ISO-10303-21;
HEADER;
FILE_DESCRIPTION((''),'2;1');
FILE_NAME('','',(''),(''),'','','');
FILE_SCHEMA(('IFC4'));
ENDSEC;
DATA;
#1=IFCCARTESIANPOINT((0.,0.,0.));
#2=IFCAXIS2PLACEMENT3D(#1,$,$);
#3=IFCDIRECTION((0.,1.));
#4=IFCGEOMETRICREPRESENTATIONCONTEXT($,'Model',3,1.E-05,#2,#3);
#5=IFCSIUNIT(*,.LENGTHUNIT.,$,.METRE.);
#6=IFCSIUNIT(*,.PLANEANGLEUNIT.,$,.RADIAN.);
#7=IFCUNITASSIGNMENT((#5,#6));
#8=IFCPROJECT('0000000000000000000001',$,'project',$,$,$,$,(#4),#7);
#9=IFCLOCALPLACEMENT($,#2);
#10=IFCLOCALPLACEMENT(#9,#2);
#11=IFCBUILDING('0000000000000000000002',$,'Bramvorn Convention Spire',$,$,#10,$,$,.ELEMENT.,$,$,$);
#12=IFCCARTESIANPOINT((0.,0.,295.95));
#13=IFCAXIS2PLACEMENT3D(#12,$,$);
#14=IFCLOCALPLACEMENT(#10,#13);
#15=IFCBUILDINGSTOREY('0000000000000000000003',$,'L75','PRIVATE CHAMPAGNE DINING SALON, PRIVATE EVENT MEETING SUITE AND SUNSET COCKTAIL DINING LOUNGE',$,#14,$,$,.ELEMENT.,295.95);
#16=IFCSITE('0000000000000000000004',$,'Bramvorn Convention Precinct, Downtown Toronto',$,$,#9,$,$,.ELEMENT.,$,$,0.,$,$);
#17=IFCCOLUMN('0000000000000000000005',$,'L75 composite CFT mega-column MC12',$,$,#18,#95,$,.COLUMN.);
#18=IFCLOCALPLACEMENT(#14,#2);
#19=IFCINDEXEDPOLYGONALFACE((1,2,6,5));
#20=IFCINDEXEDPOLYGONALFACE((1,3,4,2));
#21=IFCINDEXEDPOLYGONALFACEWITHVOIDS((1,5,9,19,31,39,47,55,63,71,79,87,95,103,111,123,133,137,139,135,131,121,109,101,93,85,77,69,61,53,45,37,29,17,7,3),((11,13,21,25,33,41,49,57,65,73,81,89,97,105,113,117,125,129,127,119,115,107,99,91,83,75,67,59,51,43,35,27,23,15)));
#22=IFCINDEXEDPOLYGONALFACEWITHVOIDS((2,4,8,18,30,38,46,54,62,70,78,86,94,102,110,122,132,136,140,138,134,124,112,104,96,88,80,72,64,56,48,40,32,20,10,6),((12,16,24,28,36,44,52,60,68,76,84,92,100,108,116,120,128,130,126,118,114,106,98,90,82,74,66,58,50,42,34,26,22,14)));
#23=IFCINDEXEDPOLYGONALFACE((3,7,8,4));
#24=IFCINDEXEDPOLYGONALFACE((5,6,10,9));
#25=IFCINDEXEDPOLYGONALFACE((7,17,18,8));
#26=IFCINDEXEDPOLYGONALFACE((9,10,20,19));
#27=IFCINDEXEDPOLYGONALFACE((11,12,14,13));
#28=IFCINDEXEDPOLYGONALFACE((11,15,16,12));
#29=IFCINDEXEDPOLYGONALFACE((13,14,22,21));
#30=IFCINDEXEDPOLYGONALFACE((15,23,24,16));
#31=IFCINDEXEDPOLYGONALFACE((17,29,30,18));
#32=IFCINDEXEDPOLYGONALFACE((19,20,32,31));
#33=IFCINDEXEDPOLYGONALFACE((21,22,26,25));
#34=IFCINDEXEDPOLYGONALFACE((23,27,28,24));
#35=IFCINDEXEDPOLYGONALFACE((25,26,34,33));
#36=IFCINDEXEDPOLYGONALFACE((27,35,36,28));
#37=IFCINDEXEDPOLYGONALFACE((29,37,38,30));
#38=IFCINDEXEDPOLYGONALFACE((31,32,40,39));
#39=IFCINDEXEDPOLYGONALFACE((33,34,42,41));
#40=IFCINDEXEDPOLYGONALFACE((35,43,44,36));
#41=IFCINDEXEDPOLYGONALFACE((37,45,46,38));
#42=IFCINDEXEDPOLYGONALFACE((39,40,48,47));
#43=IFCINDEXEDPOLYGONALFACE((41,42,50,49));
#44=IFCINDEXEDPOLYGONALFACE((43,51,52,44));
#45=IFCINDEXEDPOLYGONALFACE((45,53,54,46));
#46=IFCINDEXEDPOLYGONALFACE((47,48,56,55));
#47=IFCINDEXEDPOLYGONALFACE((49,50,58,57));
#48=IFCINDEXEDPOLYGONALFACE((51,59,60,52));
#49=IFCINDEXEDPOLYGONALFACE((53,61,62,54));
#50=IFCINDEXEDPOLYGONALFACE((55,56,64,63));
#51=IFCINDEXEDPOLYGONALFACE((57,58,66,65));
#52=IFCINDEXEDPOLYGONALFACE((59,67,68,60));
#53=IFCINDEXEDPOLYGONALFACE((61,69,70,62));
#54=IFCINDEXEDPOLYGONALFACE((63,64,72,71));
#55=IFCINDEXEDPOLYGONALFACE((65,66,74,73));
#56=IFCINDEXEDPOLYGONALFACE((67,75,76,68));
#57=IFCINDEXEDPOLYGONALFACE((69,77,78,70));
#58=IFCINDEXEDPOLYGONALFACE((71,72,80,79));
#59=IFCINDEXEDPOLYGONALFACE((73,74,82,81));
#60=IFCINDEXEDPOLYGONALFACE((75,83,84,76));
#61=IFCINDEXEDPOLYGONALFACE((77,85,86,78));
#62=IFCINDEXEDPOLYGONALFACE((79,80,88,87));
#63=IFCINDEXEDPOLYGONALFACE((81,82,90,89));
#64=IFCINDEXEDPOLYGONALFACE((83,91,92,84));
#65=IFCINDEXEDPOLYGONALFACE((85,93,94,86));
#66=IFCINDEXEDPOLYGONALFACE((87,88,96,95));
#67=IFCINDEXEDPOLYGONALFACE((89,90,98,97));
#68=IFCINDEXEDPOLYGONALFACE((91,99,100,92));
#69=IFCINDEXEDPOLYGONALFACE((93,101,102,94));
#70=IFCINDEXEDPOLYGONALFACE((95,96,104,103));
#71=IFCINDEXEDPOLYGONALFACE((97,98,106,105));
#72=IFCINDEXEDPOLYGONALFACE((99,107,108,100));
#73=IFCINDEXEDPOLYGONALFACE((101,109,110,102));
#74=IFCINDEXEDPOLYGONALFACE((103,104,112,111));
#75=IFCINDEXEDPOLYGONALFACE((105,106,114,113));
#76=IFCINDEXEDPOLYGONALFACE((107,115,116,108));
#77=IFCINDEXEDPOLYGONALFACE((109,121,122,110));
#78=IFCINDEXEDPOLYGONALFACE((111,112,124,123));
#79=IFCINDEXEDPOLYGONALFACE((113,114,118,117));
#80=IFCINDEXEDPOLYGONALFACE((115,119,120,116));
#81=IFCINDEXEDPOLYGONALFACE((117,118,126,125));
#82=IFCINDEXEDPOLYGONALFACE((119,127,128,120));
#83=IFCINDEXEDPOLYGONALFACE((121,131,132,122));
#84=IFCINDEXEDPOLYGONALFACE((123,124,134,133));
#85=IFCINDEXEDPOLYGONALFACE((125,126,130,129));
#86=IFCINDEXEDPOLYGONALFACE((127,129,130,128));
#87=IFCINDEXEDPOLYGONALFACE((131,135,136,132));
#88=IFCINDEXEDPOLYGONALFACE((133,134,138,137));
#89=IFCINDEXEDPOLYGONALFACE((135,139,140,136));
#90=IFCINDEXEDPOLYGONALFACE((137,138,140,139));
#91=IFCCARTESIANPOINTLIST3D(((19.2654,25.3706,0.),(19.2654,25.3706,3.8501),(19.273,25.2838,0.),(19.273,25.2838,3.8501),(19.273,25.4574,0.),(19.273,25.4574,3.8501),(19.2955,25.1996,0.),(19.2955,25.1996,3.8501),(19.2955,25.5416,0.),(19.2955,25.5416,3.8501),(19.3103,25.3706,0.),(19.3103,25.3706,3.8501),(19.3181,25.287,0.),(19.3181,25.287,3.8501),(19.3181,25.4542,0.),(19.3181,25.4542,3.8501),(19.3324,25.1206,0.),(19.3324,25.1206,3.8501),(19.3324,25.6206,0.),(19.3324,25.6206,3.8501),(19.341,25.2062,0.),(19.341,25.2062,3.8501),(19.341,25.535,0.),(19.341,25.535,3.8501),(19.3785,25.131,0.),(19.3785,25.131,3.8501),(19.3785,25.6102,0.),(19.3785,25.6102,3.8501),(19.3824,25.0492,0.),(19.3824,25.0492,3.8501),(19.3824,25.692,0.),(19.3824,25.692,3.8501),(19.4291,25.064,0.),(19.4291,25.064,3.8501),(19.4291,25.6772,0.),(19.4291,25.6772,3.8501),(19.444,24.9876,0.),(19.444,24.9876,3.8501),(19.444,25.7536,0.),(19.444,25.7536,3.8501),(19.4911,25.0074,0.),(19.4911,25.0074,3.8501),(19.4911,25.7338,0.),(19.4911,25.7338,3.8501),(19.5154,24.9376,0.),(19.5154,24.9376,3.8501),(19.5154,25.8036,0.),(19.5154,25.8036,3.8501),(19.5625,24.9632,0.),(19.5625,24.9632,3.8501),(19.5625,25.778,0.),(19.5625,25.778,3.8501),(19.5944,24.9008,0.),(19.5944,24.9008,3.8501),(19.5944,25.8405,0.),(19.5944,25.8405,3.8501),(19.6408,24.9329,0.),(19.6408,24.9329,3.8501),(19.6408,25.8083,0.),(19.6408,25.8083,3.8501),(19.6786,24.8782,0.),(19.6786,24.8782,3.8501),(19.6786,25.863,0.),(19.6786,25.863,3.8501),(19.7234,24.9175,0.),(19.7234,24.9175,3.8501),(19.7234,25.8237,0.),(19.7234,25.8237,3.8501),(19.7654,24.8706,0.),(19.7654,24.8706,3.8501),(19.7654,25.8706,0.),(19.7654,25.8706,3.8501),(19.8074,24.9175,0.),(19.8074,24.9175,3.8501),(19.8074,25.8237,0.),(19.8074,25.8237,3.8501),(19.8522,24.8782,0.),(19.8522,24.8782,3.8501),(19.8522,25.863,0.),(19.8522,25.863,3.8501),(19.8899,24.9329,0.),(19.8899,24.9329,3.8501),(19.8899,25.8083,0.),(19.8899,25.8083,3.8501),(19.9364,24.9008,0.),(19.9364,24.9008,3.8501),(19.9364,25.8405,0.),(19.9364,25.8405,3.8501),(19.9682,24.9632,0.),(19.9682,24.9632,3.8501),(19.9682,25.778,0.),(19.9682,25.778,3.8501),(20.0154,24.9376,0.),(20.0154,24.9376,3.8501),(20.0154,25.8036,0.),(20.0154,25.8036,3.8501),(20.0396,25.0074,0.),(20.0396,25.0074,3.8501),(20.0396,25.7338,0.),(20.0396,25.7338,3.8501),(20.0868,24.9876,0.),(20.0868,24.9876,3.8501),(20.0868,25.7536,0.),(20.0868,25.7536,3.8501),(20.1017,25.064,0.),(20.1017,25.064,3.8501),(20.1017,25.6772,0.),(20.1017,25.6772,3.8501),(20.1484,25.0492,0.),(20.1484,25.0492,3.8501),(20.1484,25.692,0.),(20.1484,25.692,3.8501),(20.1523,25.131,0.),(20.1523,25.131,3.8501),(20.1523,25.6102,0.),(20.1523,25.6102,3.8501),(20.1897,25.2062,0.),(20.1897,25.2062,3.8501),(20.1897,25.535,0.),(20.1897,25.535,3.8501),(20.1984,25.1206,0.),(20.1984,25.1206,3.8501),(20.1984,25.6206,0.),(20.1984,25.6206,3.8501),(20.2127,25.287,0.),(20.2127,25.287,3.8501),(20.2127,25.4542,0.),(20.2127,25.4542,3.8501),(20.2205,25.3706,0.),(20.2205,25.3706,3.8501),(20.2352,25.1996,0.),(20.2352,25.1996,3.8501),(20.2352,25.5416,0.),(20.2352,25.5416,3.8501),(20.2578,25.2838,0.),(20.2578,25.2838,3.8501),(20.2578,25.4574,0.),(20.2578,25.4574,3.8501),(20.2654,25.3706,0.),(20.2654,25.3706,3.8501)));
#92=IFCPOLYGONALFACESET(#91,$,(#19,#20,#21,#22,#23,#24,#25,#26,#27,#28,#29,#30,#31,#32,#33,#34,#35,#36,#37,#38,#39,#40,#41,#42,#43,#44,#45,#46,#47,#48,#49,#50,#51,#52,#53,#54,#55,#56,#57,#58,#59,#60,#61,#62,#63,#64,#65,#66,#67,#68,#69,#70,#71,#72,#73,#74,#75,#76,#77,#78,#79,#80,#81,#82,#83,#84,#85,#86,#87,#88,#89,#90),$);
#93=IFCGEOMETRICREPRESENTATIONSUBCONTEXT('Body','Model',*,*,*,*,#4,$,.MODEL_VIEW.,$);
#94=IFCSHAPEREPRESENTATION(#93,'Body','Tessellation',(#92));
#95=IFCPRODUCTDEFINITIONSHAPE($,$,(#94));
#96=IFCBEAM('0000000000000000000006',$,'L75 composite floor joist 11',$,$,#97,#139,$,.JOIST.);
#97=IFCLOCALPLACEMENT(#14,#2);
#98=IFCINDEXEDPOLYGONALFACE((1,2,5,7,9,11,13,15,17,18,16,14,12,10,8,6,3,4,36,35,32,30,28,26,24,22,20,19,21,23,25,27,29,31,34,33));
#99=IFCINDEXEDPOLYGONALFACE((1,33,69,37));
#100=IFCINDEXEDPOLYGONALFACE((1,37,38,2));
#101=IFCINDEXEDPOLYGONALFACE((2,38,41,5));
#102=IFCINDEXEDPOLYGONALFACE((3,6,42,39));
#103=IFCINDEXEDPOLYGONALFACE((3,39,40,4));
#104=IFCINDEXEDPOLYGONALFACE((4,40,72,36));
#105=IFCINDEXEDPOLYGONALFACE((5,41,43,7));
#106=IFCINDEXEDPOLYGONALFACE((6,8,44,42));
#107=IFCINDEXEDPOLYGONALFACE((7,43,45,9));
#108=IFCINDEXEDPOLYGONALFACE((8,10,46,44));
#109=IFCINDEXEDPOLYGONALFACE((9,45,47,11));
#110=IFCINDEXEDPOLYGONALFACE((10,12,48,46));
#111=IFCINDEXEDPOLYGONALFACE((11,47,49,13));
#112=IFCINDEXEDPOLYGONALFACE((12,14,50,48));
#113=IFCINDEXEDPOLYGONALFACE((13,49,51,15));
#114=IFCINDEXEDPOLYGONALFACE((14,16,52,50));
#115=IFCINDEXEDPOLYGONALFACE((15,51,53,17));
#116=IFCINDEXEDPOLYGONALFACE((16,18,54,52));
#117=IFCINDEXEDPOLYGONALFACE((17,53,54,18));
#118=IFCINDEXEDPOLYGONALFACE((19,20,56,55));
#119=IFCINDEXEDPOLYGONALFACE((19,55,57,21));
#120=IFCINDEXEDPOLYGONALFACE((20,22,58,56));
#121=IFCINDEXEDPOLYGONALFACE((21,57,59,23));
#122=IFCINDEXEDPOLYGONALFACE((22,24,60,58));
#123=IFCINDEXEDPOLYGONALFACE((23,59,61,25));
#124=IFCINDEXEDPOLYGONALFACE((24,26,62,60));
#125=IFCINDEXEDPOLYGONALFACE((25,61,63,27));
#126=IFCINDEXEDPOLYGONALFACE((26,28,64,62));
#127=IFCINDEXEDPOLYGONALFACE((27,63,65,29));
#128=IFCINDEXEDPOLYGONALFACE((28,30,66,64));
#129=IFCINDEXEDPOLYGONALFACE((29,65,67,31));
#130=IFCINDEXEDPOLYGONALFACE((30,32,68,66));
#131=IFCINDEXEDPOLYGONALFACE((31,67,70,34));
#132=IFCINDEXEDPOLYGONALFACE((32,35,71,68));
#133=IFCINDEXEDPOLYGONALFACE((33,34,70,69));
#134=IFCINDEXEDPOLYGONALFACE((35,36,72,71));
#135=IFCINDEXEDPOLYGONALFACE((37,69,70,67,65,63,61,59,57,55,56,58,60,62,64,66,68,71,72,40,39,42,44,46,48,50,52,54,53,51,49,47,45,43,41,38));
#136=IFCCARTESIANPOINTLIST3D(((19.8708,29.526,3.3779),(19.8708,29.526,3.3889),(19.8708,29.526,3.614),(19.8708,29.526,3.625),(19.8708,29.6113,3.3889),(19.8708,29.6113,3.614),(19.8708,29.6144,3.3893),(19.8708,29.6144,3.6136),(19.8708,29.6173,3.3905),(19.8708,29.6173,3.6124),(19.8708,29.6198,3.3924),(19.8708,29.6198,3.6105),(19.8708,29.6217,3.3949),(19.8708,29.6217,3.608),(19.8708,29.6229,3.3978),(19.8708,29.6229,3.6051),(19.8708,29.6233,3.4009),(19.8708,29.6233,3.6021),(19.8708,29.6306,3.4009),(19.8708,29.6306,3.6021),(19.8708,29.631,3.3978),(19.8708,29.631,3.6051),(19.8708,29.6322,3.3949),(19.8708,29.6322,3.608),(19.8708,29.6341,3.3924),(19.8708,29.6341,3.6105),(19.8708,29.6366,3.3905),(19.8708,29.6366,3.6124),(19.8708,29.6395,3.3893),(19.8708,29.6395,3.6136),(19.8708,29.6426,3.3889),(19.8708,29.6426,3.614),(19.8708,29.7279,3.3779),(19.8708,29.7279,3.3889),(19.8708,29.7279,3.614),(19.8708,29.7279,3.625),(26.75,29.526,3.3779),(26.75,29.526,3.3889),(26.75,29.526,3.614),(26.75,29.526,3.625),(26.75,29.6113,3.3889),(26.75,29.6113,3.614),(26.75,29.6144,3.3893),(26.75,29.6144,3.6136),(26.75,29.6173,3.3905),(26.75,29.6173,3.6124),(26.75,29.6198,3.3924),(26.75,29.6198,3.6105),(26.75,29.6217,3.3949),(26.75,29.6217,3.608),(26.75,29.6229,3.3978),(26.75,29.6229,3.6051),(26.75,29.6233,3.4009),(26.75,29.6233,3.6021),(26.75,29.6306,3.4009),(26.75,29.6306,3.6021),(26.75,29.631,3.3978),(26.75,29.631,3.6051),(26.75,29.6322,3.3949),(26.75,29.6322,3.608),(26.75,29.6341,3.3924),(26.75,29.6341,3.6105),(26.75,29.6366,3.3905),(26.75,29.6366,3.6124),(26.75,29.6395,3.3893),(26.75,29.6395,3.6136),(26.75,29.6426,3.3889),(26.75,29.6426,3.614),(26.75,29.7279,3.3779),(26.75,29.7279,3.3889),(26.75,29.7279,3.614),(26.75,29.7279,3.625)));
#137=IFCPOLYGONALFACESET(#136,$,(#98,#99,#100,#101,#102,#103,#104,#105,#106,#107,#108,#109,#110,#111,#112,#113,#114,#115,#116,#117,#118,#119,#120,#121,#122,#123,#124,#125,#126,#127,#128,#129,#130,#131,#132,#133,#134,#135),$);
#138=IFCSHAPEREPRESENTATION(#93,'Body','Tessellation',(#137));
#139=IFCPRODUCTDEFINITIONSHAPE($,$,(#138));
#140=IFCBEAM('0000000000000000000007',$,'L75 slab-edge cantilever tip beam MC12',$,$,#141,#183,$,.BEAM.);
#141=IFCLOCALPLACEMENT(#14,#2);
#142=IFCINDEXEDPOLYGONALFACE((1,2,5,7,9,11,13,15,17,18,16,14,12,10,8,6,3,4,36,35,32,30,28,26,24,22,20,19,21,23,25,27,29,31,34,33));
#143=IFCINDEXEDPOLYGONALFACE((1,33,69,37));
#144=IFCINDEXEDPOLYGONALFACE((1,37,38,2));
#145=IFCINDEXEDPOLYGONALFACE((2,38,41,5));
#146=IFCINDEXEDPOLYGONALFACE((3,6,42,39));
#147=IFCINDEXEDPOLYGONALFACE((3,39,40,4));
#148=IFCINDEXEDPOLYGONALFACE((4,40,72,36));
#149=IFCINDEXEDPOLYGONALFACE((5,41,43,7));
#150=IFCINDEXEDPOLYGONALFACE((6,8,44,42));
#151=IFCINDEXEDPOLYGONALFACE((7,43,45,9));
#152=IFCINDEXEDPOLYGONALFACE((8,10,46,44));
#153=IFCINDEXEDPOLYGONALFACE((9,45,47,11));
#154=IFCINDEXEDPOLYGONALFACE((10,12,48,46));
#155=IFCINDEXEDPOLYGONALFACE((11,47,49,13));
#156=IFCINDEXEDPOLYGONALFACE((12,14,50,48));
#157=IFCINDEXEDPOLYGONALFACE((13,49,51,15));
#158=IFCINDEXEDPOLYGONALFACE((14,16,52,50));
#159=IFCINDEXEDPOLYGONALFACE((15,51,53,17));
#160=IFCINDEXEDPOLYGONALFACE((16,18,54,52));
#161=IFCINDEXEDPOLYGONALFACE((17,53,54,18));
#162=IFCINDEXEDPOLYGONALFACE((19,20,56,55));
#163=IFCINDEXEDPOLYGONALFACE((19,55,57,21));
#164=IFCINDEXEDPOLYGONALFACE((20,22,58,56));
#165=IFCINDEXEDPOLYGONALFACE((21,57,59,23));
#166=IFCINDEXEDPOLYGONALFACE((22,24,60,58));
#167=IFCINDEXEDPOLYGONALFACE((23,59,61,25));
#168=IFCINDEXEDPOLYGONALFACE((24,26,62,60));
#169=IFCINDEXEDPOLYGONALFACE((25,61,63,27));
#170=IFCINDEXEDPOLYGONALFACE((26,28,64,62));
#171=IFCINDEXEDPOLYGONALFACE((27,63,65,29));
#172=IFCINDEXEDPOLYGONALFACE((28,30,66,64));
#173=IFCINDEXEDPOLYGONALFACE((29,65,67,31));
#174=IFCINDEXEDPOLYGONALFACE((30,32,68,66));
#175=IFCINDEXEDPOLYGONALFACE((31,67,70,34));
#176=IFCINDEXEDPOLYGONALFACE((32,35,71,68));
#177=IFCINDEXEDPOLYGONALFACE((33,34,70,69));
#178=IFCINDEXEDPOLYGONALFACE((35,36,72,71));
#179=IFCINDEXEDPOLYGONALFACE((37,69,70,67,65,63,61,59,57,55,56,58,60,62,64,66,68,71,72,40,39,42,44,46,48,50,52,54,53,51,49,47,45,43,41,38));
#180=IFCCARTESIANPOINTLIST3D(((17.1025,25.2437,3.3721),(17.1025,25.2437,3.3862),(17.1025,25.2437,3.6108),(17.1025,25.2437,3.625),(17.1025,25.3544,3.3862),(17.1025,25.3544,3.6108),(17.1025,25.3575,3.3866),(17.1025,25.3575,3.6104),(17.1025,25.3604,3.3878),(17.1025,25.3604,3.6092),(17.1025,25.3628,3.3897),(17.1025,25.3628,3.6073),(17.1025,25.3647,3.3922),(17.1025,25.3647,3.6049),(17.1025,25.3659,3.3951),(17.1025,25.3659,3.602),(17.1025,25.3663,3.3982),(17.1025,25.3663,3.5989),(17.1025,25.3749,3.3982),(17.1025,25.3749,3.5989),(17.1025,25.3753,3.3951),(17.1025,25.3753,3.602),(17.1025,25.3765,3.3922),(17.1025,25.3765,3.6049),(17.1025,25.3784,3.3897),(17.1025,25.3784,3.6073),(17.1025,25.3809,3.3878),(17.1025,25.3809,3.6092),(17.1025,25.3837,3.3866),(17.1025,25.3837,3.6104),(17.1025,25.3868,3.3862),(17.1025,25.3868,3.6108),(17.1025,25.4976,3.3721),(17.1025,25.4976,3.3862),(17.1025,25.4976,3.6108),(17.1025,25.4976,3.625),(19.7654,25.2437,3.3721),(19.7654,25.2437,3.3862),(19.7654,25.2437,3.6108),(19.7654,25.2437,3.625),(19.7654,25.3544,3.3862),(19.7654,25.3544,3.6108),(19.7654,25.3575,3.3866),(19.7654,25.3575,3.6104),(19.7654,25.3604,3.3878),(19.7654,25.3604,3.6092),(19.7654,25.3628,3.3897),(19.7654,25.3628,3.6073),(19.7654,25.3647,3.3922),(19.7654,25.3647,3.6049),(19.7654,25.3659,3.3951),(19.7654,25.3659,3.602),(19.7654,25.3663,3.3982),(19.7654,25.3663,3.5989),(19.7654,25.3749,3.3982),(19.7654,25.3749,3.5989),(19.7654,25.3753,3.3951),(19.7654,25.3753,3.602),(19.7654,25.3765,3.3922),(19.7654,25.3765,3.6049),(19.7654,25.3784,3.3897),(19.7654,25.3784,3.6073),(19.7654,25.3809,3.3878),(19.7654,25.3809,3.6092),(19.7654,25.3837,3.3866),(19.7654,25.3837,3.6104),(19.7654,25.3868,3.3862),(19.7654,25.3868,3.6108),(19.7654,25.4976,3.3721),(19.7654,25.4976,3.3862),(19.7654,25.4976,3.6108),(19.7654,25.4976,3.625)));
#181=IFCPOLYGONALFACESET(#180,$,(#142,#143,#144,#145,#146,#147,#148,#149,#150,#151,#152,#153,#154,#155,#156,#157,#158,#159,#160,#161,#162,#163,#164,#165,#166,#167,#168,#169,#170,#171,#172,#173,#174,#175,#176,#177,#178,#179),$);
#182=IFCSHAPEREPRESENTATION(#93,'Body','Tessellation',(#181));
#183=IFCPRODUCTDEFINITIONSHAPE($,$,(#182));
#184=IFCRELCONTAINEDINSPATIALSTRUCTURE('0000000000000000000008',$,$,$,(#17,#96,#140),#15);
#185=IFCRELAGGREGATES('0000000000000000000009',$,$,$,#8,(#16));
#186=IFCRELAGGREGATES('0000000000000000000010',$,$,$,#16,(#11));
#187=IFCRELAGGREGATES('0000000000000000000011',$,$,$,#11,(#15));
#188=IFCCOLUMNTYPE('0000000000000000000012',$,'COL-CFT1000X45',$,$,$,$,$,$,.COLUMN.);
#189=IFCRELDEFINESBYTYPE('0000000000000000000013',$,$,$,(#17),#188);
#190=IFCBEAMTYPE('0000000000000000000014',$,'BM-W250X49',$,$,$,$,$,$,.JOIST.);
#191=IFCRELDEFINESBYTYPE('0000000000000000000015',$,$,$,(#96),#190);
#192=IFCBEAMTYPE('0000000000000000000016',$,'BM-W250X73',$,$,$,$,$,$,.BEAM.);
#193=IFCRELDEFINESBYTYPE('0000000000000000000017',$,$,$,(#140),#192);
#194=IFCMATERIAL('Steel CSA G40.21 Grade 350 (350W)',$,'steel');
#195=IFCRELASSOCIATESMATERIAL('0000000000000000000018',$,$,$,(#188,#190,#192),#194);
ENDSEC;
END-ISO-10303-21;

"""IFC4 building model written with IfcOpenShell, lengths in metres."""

from ifc_helpers import new_model, si_unit, direction, frame, origin, origin_2d, place, context, subcontext, project, spatial, hollow_circle, i_section, extrude, material, material_profile, profile_set, type_object, element, save


model = new_model("IFC4")

# Units and contexts
model_context = context("Model", 3, precision=1e-05, world=origin(), true_north=direction((0.0, 1.0)))
body_context = subcontext(model_context, "Body", "Model", "MODEL_VIEW")
ifc_project = project(units=[si_unit("LENGTHUNIT", "METRE"), si_unit("PLANEANGLEUNIT", "RADIAN")], contexts=[model_context])

# Site, building, storey
site_placement = place(None, origin())
site = spatial("IfcSite", under=ifc_project, at=site_placement, Name="Bramvorn Convention Precinct, Downtown Toronto", CompositionType="ELEMENT", RefElevation=0.0)
building_placement = place(site_placement, origin())
building = spatial("IfcBuilding", under=site, at=building_placement, Name="Bramvorn Convention Spire", CompositionType="ELEMENT")
storey_placement = place(building_placement, frame((0.0, 0.0, 295.95)))
storey = spatial("IfcBuildingStorey", under=building, at=storey_placement, Name="L75", Description="PRIVATE CHAMPAGNE DINING SALON, PRIVATE EVENT MEETING SUITE AND SUNSET COCKTAIL DINING LOUNGE", CompositionType="ELEMENT", Elevation=295.95)

# Column
ifc_material_1 = material(Name="Steel CSA G40.21 Grade 350 (350W)", Category="steel")
ifc_material_profile_1 = material_profile(ifc_material_1, hollow_circle(Radius=0.5, WallThickness=0.0449, at=origin_2d()))
ifc_profile_set_1 = profile_set([ifc_material_profile_1], Name="Steel CSA G40.21 Grade 350 (350W) - CFT1000X45")
column_type = type_object("IfcColumnType", Name="COL-CFT1000X45", PredefinedType="COLUMN", material=ifc_profile_set_1)
column_placement = place(storey_placement, frame((19.7654, 25.3706, 0.0), z_axis=(0.0, 0.0, 1.0), x_axis=(1.0, 0.0, 0.0)))
element("IfcColumn", 1, at=column_placement, inside=storey, type_object=column_type, Name="L75 composite CFT mega-column MC12", PredefinedType="COLUMN", context=body_context, shape_type="SweptSolid", body=[
    extrude(hollow_circle(Radius=0.5, WallThickness=0.0449, at=origin_2d()), origin(), (0.0, 0.0, 1.0), 3.8501),
])

# Beams
ifc_material_profile_2 = material_profile(ifc_material_1, i_section(OverallWidth=0.2019, OverallDepth=0.2471, WebThickness=0.0073, FlangeThickness=0.011, FilletRadius=0.012, at=origin_2d()))
ifc_profile_set_2 = profile_set([ifc_material_profile_2], Name="Steel CSA G40.21 Grade 350 (350W) - W250X49")
beam_type_1 = type_object("IfcBeamType", Name="BM-W250X49", PredefinedType="JOIST", material=ifc_profile_set_2)
beam_1_placement = place(storey_placement, frame((26.75, 29.627, 3.5015), z_axis=(-1.0, 0.0, 0.0), x_axis=(0.0, -1.0, 0.0)))
element("IfcBeam", 2, at=beam_1_placement, inside=storey, type_object=beam_type_1, Name="L75 composite floor joist 11", PredefinedType="JOIST", context=body_context, shape_type="SweptSolid", body=[
    extrude(i_section(OverallWidth=0.2019, OverallDepth=0.2471, WebThickness=0.0073, FlangeThickness=0.011, FilletRadius=0.012, at=origin_2d()), origin(), (0.0, 0.0, 1.0), 6.8792),
])
ifc_material_profile_3 = material_profile(ifc_material_1, i_section(OverallWidth=0.2539, OverallDepth=0.2529, WebThickness=0.0085, FlangeThickness=0.0142, FilletRadius=0.012, at=origin_2d()))
ifc_profile_set_3 = profile_set([ifc_material_profile_3], Name="Steel CSA G40.21 Grade 350 (350W) - W250X73")
beam_type_2 = type_object("IfcBeamType", Name="BM-W250X73", PredefinedType="BEAM", material=ifc_profile_set_3)
beam_2_placement = place(storey_placement, frame((19.7654, 25.3706, 3.4985), z_axis=(-1.0, 0.0, 0.0), x_axis=(0.0, -1.0, 0.0)))
element("IfcBeam", 3, at=beam_2_placement, inside=storey, type_object=beam_type_2, Name="L75 slab-edge cantilever tip beam MC12", PredefinedType="BEAM", context=body_context, shape_type="SweptSolid", body=[
    extrude(i_section(OverallWidth=0.2539, OverallDepth=0.2529, WebThickness=0.0085, FlangeThickness=0.0142, FilletRadius=0.012, at=origin_2d()), origin(), (0.0, 0.0, 1.0), 2.6628),
])

save(model, "model.ifc")
